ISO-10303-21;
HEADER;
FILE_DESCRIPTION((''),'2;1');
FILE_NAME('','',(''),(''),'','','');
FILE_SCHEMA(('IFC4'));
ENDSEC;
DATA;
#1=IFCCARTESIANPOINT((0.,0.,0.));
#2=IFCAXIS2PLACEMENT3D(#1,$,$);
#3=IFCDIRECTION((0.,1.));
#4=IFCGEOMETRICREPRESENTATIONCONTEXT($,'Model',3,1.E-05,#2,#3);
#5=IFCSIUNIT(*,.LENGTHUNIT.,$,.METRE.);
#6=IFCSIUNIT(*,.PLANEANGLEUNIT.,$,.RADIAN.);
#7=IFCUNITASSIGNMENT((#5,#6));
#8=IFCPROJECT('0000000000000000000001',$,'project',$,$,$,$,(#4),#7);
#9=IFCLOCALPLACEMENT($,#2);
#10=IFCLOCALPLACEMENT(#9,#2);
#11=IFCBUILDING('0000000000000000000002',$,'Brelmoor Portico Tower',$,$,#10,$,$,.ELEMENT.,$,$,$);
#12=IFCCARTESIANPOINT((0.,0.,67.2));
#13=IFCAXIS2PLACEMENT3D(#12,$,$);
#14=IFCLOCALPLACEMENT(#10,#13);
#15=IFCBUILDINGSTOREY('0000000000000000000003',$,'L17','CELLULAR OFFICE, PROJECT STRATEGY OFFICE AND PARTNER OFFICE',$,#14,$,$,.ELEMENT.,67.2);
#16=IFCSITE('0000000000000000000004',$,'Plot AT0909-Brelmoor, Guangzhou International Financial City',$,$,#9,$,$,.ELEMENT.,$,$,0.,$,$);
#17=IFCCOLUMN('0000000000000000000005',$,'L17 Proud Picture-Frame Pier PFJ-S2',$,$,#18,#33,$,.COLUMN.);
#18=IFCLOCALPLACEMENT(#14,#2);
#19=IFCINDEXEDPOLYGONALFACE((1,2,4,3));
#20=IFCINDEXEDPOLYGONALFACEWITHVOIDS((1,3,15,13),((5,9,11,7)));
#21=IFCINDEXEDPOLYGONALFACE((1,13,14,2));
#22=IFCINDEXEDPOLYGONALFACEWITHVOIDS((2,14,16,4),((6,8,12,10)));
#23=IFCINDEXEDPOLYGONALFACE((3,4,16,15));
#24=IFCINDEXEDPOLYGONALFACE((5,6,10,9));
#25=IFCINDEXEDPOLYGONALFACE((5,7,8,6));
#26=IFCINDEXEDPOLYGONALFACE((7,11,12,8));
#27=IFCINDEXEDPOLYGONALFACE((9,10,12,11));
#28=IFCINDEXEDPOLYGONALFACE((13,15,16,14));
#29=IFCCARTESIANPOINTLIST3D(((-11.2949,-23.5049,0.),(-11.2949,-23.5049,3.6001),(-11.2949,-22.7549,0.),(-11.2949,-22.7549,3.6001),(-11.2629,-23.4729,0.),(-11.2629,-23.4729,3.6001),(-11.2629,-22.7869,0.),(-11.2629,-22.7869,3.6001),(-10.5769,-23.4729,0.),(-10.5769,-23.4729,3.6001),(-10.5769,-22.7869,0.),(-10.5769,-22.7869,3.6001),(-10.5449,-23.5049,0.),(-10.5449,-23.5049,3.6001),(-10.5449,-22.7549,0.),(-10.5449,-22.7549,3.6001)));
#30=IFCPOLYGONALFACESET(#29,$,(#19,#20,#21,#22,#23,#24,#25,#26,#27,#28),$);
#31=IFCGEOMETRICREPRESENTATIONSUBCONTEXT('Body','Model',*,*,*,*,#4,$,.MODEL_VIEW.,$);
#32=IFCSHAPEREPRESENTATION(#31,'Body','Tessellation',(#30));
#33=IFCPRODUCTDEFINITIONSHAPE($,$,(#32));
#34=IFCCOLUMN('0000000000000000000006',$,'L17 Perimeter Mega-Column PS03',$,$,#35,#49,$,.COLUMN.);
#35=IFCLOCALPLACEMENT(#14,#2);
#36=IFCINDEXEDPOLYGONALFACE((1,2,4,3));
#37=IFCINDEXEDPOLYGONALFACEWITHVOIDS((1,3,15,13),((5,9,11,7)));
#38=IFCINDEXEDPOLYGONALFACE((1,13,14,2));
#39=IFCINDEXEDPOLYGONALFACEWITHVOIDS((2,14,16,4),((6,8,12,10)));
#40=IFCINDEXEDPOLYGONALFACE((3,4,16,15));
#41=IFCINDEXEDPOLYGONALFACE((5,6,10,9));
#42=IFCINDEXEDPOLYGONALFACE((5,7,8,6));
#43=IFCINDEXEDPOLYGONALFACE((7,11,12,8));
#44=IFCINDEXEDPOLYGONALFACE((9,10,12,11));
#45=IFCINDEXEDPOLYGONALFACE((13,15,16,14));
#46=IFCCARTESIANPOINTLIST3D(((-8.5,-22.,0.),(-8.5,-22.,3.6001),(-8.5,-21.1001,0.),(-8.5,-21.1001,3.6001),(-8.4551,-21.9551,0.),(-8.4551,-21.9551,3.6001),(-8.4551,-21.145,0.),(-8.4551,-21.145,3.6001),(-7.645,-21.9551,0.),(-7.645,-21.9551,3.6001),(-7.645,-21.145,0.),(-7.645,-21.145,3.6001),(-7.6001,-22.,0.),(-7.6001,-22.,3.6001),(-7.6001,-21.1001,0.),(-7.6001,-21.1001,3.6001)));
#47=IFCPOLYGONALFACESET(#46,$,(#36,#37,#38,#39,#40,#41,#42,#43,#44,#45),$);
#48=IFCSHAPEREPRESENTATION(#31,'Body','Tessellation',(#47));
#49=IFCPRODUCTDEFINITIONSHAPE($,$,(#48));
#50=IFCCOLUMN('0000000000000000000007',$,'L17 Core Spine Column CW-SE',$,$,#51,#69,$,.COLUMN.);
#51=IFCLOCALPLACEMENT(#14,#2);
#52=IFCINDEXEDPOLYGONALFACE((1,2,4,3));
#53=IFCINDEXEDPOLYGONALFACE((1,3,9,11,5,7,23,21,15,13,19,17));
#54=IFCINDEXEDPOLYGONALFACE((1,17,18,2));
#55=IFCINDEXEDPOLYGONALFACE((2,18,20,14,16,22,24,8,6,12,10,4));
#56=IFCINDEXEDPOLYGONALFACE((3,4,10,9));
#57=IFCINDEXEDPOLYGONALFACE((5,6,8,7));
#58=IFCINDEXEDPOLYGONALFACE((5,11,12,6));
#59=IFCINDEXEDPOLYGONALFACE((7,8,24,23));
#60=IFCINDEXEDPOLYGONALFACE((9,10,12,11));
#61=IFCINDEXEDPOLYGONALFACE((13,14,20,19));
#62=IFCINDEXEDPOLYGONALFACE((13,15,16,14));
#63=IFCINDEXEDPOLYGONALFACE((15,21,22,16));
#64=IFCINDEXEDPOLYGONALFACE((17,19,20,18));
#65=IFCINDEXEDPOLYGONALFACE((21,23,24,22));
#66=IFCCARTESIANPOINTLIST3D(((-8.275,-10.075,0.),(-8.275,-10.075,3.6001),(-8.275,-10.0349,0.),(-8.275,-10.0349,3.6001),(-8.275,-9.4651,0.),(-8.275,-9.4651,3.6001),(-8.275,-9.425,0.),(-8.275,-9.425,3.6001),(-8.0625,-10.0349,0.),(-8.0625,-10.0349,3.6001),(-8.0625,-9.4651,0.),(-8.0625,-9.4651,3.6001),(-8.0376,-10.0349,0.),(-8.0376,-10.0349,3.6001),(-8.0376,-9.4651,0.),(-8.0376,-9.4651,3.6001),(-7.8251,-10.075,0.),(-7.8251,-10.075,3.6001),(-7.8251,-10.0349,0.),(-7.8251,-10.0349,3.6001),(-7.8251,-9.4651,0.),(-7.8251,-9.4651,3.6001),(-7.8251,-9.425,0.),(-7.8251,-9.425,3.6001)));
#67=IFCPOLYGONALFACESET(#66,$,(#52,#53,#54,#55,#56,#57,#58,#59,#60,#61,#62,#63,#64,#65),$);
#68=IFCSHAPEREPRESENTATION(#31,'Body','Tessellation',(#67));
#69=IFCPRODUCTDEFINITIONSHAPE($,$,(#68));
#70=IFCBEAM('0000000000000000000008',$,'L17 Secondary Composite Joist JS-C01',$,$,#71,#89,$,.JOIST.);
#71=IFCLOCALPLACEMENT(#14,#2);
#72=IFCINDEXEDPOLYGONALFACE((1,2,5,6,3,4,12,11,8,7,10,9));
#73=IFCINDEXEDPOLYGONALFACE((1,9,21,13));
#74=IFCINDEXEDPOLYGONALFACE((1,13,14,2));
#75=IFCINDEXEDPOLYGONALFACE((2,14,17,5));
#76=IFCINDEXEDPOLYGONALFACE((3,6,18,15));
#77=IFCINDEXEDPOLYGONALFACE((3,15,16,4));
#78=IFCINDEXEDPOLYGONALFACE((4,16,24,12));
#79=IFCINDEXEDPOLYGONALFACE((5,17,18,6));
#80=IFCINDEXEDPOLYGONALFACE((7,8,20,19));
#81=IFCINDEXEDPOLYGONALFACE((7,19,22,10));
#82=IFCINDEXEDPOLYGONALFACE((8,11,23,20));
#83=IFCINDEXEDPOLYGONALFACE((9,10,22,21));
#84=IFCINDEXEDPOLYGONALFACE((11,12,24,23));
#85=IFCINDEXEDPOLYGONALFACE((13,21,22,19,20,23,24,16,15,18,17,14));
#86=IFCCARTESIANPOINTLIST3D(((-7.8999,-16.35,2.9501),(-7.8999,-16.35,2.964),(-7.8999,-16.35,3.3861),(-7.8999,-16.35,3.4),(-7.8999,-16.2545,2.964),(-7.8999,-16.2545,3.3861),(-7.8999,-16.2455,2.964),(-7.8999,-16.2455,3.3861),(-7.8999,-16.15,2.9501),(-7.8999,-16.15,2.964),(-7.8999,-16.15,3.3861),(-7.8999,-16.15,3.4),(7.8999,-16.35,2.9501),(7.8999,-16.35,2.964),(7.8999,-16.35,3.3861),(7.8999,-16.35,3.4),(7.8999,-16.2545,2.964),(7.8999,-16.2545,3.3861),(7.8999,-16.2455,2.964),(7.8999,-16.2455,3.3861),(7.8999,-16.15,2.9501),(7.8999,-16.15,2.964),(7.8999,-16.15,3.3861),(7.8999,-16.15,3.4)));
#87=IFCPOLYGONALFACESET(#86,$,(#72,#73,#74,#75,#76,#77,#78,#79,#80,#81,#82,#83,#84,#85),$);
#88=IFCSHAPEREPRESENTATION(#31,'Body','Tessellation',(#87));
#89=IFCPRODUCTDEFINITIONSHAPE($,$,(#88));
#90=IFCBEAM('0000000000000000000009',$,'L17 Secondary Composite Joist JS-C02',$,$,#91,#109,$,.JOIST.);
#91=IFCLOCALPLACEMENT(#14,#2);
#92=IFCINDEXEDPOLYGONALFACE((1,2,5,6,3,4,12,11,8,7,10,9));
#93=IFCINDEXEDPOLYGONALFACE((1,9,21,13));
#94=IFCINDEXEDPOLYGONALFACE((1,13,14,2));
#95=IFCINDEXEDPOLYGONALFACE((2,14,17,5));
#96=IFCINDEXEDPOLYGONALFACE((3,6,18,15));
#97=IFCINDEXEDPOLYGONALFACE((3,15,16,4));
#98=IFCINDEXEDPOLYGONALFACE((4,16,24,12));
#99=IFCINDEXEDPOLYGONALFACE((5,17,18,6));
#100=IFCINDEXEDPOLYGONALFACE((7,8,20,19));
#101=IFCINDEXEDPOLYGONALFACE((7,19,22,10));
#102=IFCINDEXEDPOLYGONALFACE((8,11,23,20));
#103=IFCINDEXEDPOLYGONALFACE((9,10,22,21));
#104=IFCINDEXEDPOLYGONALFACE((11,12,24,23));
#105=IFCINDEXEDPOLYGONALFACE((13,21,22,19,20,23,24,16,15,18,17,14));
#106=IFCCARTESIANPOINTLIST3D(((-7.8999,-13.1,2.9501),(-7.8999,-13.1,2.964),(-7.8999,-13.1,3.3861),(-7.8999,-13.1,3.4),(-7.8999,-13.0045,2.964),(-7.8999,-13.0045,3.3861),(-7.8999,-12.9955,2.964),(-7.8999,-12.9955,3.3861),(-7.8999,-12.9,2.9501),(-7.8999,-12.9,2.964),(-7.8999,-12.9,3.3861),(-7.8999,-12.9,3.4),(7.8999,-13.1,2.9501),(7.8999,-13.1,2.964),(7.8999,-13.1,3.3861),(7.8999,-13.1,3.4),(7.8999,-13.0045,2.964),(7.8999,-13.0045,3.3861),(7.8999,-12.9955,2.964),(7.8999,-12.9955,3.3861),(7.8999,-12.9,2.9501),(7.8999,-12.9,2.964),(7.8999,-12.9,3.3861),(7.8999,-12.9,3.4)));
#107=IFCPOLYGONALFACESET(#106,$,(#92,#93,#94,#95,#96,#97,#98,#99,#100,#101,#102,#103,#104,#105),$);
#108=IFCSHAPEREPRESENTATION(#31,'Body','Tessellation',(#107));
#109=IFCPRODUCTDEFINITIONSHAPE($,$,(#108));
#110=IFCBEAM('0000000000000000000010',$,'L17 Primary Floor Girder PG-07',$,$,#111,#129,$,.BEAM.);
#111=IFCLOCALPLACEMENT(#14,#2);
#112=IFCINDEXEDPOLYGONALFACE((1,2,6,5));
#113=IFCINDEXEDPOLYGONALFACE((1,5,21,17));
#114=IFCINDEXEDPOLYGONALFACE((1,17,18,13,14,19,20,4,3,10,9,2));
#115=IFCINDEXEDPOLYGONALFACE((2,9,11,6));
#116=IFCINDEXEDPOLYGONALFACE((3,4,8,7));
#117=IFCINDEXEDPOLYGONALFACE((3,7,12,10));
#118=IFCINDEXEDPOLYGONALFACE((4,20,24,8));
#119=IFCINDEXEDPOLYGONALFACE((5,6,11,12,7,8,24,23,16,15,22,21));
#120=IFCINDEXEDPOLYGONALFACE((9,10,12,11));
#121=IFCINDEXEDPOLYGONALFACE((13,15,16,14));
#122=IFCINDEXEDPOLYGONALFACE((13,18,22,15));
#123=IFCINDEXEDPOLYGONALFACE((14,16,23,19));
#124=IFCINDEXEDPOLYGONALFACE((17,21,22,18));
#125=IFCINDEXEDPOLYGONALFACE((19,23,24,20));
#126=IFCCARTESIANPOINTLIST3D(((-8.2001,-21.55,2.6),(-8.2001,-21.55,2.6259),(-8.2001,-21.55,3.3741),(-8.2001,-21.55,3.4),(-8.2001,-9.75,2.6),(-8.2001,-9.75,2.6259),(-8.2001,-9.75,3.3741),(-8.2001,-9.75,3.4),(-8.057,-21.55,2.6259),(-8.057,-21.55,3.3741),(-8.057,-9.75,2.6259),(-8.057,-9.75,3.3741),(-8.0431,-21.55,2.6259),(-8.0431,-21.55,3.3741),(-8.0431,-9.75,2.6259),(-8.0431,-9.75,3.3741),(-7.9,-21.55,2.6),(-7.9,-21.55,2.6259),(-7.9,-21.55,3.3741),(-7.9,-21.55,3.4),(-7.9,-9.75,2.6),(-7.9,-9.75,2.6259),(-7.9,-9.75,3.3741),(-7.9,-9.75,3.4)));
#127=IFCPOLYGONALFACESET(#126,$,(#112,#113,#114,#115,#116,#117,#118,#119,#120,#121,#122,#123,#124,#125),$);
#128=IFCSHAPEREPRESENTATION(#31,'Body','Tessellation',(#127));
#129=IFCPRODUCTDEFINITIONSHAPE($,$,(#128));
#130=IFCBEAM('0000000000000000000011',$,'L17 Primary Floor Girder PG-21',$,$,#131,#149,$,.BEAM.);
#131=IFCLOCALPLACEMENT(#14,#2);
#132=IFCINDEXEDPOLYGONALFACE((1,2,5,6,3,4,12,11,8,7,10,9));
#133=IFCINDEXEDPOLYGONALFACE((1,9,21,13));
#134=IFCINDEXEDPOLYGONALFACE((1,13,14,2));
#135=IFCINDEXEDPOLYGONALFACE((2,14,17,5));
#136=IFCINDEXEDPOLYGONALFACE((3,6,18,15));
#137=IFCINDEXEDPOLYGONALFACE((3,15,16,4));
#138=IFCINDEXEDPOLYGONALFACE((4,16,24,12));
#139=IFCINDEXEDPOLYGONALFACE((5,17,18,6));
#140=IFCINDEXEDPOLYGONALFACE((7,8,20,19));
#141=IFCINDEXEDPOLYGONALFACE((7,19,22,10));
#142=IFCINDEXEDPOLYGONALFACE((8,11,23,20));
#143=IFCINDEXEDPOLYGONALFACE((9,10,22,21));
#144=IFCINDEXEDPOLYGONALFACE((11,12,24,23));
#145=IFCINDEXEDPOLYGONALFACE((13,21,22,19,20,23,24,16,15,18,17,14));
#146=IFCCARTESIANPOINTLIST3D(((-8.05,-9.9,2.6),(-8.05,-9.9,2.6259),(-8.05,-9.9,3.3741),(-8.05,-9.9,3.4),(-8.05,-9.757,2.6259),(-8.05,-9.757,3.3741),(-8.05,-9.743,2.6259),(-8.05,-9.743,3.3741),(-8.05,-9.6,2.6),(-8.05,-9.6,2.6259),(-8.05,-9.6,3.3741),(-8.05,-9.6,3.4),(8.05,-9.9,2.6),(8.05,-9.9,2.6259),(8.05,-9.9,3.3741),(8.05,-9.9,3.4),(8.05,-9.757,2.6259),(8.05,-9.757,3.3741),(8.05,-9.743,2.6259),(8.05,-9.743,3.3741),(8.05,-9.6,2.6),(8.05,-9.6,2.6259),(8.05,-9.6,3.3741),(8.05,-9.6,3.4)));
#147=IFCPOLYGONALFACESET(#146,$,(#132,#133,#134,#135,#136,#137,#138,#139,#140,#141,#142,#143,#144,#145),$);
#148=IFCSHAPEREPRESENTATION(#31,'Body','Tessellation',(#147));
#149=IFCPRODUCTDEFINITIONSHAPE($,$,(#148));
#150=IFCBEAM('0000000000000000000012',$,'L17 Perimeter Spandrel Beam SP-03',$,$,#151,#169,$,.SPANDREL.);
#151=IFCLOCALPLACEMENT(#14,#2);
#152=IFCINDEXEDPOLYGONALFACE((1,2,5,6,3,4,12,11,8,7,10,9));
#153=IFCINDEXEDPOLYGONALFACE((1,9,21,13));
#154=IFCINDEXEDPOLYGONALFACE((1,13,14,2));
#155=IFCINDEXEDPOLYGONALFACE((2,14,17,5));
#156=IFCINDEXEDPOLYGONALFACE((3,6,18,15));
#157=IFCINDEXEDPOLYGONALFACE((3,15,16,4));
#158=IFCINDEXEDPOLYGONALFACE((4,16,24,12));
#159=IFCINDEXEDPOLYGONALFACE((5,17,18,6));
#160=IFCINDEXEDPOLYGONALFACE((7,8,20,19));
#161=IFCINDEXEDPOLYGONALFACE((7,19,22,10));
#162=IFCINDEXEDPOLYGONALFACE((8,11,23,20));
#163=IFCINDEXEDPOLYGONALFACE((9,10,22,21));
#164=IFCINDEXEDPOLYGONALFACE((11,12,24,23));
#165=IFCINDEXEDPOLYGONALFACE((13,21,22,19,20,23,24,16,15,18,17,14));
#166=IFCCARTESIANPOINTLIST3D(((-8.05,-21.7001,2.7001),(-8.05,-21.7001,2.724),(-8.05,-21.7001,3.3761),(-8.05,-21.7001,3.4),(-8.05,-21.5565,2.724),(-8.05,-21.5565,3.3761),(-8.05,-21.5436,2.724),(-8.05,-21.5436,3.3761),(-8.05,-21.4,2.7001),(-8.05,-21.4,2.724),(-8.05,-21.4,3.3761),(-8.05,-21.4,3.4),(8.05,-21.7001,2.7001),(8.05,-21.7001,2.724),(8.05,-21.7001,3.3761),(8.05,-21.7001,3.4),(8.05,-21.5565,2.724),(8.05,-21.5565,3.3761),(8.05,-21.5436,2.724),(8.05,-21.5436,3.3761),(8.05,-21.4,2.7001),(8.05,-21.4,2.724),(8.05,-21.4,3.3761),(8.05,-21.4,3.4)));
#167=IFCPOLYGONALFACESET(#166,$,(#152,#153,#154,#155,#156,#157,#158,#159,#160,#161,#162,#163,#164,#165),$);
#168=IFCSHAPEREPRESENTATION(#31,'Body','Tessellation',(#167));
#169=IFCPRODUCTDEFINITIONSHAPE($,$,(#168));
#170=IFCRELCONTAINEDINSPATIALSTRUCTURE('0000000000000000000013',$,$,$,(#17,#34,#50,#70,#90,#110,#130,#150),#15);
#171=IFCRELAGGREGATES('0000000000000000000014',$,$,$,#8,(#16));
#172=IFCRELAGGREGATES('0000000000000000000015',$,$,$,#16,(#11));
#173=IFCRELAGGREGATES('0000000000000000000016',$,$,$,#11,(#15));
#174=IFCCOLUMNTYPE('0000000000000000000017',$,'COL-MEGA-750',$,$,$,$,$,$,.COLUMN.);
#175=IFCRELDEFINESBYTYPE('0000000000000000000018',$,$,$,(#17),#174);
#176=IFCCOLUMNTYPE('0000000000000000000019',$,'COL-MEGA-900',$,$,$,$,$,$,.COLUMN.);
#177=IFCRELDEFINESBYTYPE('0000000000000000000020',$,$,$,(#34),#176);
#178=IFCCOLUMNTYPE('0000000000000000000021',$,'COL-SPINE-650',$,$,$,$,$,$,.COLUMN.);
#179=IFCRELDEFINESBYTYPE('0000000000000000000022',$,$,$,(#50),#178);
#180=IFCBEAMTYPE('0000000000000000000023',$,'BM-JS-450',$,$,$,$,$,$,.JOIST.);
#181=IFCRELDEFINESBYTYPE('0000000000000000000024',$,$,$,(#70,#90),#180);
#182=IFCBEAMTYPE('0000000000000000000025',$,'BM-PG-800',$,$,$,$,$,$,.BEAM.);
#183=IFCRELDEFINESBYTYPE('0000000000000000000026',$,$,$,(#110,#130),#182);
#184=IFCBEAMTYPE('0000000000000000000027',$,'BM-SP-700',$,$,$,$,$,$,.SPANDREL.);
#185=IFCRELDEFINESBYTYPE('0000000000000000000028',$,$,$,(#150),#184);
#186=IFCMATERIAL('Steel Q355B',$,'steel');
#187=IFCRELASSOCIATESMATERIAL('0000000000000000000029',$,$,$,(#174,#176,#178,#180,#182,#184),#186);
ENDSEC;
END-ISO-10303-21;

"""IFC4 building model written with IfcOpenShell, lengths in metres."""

from ifc_helpers import new_model, si_unit, direction, frame, origin, origin_2d, place, context, subcontext, project, spatial, hollow_rectangle, i_section, extrude, material, material_profile, profile_set, type_object, element, save


model = new_model("IFC4")

# Units and contexts
model_context = context("Model", 3, precision=1e-05, world=origin(), true_north=direction((0.0, 1.0)))
body_context = subcontext(model_context, "Body", "Model", "MODEL_VIEW")
ifc_project = project(units=[si_unit("LENGTHUNIT", "METRE"), si_unit("PLANEANGLEUNIT", "RADIAN")], contexts=[model_context])

# Site, building, storey
site_placement = place(None, origin())
site = spatial("IfcSite", under=ifc_project, at=site_placement, Name="Plot AT0909-Brelmoor, Guangzhou International Financial City", CompositionType="ELEMENT", RefElevation=0.0)
building_placement = place(site_placement, origin())
building = spatial("IfcBuilding", under=site, at=building_placement, Name="Brelmoor Portico Tower", CompositionType="ELEMENT")
storey_placement = place(building_placement, frame((0.0, 0.0, 67.2)))
storey = spatial("IfcBuildingStorey", under=building, at=storey_placement, Name="L17", Description="CELLULAR OFFICE, PROJECT STRATEGY OFFICE AND PARTNER OFFICE", CompositionType="ELEMENT", Elevation=67.2)

# Columns
ifc_material_1 = material(Name="Steel Q355B", Category="steel")
ifc_material_profile_1 = material_profile(ifc_material_1, hollow_rectangle(XDim=0.75, YDim=0.75, WallThickness=0.032, at=origin_2d()), Name="BOX 750x750x32")
ifc_profile_set_1 = profile_set([ifc_material_profile_1], Name="Steel Q355B")
column_type_1 = type_object("IfcColumnType", Name="COL-MEGA-750", PredefinedType="COLUMN", material=ifc_profile_set_1)
column_1_placement = place(storey_placement, frame((-10.9199, -23.1299, 0.0), z_axis=(0.0, 0.0, 1.0), x_axis=(1.0, 0.0, 0.0)))
element("IfcColumn", 1, at=column_1_placement, inside=storey, type_object=column_type_1, Name="L17 Proud Picture-Frame Pier PFJ-S2", PredefinedType="COLUMN", context=body_context, shape_type="SweptSolid", body=[
    extrude(hollow_rectangle(XDim=0.75, YDim=0.75, WallThickness=0.032, at=origin_2d()), origin(), (0.0, 0.0, 1.0), 3.6001),
])
ifc_material_profile_2 = material_profile(ifc_material_1, hollow_rectangle(XDim=0.8999, YDim=0.8999, WallThickness=0.0449, at=origin_2d()), Name="BOX 900x900x45")
ifc_profile_set_2 = profile_set([ifc_material_profile_2], Name="Steel Q355B")
column_type_2 = type_object("IfcColumnType", Name="COL-MEGA-900", PredefinedType="COLUMN", material=ifc_profile_set_2)
column_2_placement = place(storey_placement, frame((-8.05, -21.55, 0.0), z_axis=(0.0, 0.0, 1.0), x_axis=(1.0, 0.0, 0.0)))
element("IfcColumn", 2, at=column_2_placement, inside=storey, type_object=column_type_2, Name="L17 Perimeter Mega-Column PS03", PredefinedType="COLUMN", context=body_context, shape_type="SweptSolid", body=[
    extrude(hollow_rectangle(XDim=0.8999, YDim=0.8999, WallThickness=0.0449, at=origin_2d()), origin(), (0.0, 0.0, 1.0), 3.6001),
])
ifc_material_profile_3 = material_profile(ifc_material_1, i_section(OverallWidth=0.45, OverallDepth=0.6499, WebThickness=0.0249, FlangeThickness=0.04, at=origin_2d()), Name="HW 650x450x25x40")
ifc_profile_set_3 = profile_set([ifc_material_profile_3], Name="Steel Q355B")
column_type_3 = type_object("IfcColumnType", Name="COL-SPINE-650", PredefinedType="COLUMN", material=ifc_profile_set_3)
column_3_placement = place(storey_placement, frame((-8.05, -9.75, 0.0), z_axis=(0.0, 0.0, 1.0), x_axis=(1.0, 0.0, 0.0)))
element("IfcColumn", 3, at=column_3_placement, inside=storey, type_object=column_type_3, Name="L17 Core Spine Column CW-SE", PredefinedType="COLUMN", context=body_context, shape_type="SweptSolid", body=[
    extrude(i_section(OverallWidth=0.45, OverallDepth=0.6499, WebThickness=0.0249, FlangeThickness=0.04, at=origin_2d()), origin(), (0.0, 0.0, 1.0), 3.6001),
])

# Beams
ifc_material_profile_4 = material_profile(ifc_material_1, i_section(OverallWidth=0.2, OverallDepth=0.45, WebThickness=0.009, FlangeThickness=0.0139, at=origin_2d()), Name="HN 450x200x9x14")
ifc_profile_set_4 = profile_set([ifc_material_profile_4], Name="Steel Q355B")
beam_type_1 = type_object("IfcBeamType", Name="BM-JS-450", PredefinedType="JOIST", material=ifc_profile_set_4)
for number, where, z_axis, x_axis, name in (
    (4, (-7.8999, -16.25, 3.175), (1.0, 0.0, 0.0), (0.0, 1.0, 0.0), "L17 Secondary Composite Joist JS-C01"),
    (5, (-7.8999, -13.0, 3.175), (1.0, 0.0, 0.0), (0.0, 1.0, 0.0), "L17 Secondary Composite Joist JS-C02"),
):
    element("IfcBeam", number, at=place(storey_placement, frame(where, z_axis=z_axis, x_axis=x_axis)), inside=storey, type_object=beam_type_1, Name=name, PredefinedType="JOIST", context=body_context, shape_type="SweptSolid", body=[
        extrude(i_section(OverallWidth=0.2, OverallDepth=0.45, WebThickness=0.009, FlangeThickness=0.0139, at=origin_2d()), origin(), (0.0, 0.0, 1.0), 15.7998),
    ])
ifc_material_profile_5 = material_profile(ifc_material_1, i_section(OverallWidth=0.3, OverallDepth=0.8, WebThickness=0.0139, FlangeThickness=0.0259, at=origin_2d()), Name="HN 800x300x14x26")
ifc_profile_set_5 = profile_set([ifc_material_profile_5], Name="Steel Q355B")
beam_type_2 = type_object("IfcBeamType", Name="BM-PG-800", PredefinedType="BEAM", material=ifc_profile_set_5)
beam_1_placement = place(storey_placement, frame((-8.05, -21.55, 3.0), z_axis=(0.0, 1.0, 0.0), x_axis=(-1.0, 0.0, 0.0)))
element("IfcBeam", 6, at=beam_1_placement, inside=storey, type_object=beam_type_2, Name="L17 Primary Floor Girder PG-07", PredefinedType="BEAM", context=body_context, shape_type="SweptSolid", body=[
    extrude(i_section(OverallWidth=0.3, OverallDepth=0.8, WebThickness=0.0139, FlangeThickness=0.0259, at=origin_2d()), origin(), (0.0, 0.0, 1.0), 11.8),
])
beam_2_placement = place(storey_placement, frame((-8.05, -9.75, 3.0), z_axis=(1.0, 0.0, 0.0), x_axis=(0.0, 1.0, 0.0)))
element("IfcBeam", 7, at=beam_2_placement, inside=storey, type_object=beam_type_2, Name="L17 Primary Floor Girder PG-21", PredefinedType="BEAM", context=body_context, shape_type="SweptSolid", body=[
    extrude(i_section(OverallWidth=0.3, OverallDepth=0.8, WebThickness=0.0139, FlangeThickness=0.0259, at=origin_2d()), origin(), (0.0, 0.0, 1.0), 16.1001),
])
ifc_material_profile_6 = material_profile(ifc_material_1, i_section(OverallWidth=0.3, OverallDepth=0.7, WebThickness=0.0129, FlangeThickness=0.0239, at=origin_2d()), Name="HN 700x300x13x24")
ifc_profile_set_6 = profile_set([ifc_material_profile_6], Name="Steel Q355B")
beam_type_3 = type_object("IfcBeamType", Name="BM-SP-700", PredefinedType="SPANDREL", material=ifc_profile_set_6)
beam_3_placement = place(storey_placement, frame((-8.05, -21.55, 3.05), z_axis=(1.0, 0.0, 0.0), x_axis=(0.0, 1.0, 0.0)))
element("IfcBeam", 8, at=beam_3_placement, inside=storey, type_object=beam_type_3, Name="L17 Perimeter Spandrel Beam SP-03", PredefinedType="SPANDREL", context=body_context, shape_type="SweptSolid", body=[
    extrude(i_section(OverallWidth=0.3, OverallDepth=0.7, WebThickness=0.0129, FlangeThickness=0.0239, at=origin_2d()), origin(), (0.0, 0.0, 1.0), 16.1001),
])

save(model, "model.ifc")
